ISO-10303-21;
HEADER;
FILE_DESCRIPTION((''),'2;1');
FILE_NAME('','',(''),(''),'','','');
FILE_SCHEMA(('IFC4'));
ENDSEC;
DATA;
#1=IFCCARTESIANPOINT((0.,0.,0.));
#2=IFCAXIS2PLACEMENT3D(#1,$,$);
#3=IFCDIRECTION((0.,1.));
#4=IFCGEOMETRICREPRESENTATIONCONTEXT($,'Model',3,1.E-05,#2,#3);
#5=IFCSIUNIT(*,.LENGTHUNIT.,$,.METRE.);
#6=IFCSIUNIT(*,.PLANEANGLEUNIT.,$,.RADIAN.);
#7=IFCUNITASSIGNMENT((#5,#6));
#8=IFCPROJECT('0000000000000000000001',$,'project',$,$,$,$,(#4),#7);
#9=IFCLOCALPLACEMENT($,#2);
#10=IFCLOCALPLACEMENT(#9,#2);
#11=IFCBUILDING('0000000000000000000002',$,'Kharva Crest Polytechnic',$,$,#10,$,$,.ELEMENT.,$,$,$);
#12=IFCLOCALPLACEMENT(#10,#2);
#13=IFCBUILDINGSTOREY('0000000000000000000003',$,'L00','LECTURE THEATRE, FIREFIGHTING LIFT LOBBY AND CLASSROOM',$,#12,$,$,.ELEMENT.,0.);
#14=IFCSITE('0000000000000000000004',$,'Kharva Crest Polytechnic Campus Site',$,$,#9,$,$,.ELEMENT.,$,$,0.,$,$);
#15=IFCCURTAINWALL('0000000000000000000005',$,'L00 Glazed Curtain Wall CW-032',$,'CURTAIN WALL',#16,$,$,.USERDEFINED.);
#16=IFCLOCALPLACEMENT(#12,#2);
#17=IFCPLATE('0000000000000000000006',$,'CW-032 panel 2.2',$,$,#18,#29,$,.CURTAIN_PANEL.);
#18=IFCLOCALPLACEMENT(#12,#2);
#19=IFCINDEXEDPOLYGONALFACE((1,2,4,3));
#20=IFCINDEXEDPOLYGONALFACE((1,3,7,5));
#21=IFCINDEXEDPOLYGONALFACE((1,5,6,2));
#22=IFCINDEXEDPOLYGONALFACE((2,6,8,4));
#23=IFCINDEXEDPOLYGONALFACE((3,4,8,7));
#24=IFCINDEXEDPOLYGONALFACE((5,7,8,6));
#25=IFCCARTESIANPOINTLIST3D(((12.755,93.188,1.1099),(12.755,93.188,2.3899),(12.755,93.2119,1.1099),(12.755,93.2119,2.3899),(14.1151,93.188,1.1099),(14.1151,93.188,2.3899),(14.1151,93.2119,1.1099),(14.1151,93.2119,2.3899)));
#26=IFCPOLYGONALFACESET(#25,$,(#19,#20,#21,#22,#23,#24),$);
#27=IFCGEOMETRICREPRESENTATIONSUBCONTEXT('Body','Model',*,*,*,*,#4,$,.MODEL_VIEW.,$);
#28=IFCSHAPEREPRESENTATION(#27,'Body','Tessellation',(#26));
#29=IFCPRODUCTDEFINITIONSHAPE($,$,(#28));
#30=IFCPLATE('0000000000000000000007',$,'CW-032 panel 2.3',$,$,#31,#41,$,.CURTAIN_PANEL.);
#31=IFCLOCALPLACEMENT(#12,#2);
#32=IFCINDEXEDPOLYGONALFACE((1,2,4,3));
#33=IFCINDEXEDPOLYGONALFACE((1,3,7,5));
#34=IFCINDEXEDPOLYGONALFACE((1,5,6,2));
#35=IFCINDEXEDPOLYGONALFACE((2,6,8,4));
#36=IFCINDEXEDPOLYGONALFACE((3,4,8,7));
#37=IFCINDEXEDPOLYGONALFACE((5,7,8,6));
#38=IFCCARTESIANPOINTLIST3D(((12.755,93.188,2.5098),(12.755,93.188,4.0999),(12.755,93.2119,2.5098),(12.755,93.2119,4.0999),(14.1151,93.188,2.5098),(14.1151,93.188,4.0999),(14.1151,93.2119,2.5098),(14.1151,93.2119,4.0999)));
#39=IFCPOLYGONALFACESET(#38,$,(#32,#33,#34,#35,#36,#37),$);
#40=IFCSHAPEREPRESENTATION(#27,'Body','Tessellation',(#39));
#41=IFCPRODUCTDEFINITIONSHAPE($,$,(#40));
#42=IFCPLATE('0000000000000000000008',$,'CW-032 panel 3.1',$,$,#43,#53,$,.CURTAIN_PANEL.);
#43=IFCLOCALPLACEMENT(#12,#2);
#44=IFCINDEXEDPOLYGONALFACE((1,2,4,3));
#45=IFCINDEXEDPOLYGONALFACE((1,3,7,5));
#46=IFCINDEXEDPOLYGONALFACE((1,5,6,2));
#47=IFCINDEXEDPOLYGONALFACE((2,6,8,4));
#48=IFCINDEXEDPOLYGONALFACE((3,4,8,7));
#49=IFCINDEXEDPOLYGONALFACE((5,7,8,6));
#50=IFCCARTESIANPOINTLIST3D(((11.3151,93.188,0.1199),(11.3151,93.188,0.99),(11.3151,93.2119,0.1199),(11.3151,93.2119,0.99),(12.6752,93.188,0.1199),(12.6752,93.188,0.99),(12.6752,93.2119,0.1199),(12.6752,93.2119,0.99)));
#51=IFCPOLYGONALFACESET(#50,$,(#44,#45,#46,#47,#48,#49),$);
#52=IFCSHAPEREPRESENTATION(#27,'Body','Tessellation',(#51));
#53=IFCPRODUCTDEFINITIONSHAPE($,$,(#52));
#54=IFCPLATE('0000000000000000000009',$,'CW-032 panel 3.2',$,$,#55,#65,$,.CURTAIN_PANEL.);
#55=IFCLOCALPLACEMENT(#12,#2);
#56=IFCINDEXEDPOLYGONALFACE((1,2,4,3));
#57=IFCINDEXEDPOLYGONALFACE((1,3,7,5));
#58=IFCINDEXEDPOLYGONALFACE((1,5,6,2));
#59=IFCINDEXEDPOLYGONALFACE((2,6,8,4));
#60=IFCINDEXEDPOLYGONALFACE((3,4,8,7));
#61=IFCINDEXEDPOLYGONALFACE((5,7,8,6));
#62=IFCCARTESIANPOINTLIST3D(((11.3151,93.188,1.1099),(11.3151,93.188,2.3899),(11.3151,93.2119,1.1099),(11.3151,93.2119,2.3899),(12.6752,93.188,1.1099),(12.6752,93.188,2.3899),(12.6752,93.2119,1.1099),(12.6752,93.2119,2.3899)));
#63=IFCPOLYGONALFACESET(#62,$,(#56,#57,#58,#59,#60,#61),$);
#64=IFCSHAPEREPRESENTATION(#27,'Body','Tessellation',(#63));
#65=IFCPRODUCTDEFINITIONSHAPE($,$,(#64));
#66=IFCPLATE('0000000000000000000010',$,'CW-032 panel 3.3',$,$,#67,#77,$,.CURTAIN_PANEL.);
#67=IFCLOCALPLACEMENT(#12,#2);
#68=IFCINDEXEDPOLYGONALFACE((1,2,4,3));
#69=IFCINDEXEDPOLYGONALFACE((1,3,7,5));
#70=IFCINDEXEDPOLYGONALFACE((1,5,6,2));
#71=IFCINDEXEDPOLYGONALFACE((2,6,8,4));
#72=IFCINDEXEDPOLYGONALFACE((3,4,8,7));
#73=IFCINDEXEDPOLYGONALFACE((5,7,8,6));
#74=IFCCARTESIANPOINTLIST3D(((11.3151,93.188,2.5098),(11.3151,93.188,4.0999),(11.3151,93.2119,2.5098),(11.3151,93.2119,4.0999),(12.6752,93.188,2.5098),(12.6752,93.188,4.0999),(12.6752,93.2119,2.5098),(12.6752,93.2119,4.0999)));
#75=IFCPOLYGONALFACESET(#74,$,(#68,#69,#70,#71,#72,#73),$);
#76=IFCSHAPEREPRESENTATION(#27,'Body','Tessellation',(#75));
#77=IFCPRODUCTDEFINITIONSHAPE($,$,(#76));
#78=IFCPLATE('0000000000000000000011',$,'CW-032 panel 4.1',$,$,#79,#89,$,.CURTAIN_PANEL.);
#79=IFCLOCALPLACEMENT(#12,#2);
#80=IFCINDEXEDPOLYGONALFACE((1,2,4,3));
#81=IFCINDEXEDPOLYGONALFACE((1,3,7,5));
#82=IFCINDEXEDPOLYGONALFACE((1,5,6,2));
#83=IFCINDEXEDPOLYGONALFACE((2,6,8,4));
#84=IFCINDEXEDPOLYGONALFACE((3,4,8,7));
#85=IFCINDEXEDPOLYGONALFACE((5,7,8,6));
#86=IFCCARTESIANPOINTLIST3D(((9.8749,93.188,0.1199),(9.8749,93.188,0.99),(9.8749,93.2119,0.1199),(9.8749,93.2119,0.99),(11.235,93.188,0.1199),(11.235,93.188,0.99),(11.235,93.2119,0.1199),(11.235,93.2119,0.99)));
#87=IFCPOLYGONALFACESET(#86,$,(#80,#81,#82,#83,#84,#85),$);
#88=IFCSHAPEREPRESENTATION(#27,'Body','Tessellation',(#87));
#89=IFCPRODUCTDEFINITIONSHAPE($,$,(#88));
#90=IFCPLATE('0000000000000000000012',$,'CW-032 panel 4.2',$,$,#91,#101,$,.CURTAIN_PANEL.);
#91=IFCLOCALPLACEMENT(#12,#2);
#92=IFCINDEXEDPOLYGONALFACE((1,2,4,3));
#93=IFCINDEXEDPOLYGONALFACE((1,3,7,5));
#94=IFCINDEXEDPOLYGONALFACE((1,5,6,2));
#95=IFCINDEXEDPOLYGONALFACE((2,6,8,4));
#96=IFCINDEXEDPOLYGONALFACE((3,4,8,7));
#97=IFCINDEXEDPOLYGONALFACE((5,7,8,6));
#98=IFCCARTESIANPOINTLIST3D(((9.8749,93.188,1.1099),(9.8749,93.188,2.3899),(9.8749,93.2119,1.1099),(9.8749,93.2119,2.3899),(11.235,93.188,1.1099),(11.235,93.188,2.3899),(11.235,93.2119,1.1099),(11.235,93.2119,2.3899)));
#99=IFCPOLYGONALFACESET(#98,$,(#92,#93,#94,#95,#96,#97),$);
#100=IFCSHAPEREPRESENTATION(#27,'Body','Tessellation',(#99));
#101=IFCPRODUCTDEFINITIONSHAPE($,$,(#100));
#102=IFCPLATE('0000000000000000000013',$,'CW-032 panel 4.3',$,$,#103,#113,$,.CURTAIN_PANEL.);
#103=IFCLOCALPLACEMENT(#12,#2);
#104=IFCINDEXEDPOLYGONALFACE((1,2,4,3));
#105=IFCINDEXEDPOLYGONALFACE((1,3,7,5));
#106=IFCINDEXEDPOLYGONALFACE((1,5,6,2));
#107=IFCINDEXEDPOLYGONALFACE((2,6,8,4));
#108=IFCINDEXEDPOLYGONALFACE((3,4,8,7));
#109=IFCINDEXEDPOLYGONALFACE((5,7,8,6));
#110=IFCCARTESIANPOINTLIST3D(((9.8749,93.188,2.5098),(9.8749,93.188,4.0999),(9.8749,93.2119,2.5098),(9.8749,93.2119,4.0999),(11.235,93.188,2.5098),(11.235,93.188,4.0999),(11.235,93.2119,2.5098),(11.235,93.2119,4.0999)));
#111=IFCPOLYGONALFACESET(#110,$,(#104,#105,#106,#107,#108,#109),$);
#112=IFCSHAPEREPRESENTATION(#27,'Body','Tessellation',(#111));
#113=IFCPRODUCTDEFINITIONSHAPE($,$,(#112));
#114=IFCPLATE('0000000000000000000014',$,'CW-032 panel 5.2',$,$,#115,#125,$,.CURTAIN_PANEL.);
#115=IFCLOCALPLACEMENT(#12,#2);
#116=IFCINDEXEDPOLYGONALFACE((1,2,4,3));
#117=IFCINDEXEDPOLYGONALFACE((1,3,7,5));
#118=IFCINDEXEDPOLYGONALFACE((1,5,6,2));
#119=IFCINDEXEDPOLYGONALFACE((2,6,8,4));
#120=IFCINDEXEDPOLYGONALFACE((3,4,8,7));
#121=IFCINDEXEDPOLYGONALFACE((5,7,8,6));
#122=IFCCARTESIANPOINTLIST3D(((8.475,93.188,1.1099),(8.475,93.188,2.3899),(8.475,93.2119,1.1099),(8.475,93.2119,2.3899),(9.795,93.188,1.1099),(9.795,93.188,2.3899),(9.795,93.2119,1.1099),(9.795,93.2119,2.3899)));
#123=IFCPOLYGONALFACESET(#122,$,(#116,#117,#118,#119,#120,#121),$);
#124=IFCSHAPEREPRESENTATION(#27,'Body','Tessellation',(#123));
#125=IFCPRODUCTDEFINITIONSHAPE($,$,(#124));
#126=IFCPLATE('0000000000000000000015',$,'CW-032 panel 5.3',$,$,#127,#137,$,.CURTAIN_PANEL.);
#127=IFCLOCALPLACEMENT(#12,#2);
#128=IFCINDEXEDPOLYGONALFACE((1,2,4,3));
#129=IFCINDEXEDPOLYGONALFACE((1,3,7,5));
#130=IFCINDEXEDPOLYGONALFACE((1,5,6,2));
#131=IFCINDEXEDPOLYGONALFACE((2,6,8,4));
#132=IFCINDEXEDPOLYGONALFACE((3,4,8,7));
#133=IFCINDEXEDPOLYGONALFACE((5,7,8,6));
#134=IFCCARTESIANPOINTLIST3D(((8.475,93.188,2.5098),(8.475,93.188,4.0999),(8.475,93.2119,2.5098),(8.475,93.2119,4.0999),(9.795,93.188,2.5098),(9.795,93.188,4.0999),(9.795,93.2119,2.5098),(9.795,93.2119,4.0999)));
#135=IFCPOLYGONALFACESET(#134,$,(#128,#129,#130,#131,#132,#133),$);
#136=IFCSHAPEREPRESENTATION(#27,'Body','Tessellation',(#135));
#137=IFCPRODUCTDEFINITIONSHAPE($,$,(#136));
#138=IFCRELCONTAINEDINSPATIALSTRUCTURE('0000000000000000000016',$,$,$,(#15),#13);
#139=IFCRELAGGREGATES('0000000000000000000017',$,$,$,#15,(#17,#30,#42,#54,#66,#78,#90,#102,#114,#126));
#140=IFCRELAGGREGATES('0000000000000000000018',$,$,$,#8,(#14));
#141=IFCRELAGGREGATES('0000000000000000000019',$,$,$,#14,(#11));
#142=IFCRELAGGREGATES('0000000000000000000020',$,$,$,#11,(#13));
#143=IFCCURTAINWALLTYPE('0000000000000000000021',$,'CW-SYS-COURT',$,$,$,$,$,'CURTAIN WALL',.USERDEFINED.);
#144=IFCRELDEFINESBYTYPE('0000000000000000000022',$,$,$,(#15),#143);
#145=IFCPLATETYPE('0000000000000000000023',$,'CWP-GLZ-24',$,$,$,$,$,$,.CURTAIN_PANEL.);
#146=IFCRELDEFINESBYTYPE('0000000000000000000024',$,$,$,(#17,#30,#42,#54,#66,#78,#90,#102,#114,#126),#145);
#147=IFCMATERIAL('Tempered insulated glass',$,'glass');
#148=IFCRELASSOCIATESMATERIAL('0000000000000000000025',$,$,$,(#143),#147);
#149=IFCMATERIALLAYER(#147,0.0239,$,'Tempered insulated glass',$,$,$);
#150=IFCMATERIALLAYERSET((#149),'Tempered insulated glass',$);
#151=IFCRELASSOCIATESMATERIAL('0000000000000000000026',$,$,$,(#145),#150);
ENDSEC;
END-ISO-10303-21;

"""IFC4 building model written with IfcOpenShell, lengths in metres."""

from ifc_helpers import new_model, si_unit, direction, frame, origin, origin_2d, place, context, subcontext, project, spatial, rectangle, extrude, material, layer, layer_set, type_object, element, aggregate, save


model = new_model("IFC4")

# Units and contexts
model_context = context("Model", 3, precision=1e-05, world=origin(), true_north=direction((0.0, 1.0)))
body_context = subcontext(model_context, "Body", "Model", "MODEL_VIEW")
ifc_project = project(units=[si_unit("LENGTHUNIT", "METRE"), si_unit("PLANEANGLEUNIT", "RADIAN")], contexts=[model_context])

# Site, building, storey
site_placement = place(None, origin())
site = spatial("IfcSite", under=ifc_project, at=site_placement, Name="Kharva Crest Polytechnic Campus Site", CompositionType="ELEMENT", RefElevation=0.0)
building_placement = place(site_placement, origin())
building = spatial("IfcBuilding", under=site, at=building_placement, Name="Kharva Crest Polytechnic", CompositionType="ELEMENT")
storey_placement = place(building_placement, origin())
storey = spatial("IfcBuildingStorey", under=building, at=storey_placement, Name="L00", Description="LECTURE THEATRE, FIREFIGHTING LIFT LOBBY AND CLASSROOM", CompositionType="ELEMENT", Elevation=0.0)

# Curtain wall, plates
ifc_material_1 = material(Name="Tempered insulated glass", Category="glass")
curtain_wall_type = type_object("IfcCurtainWallType", Name="CW-SYS-COURT", ElementType="CURTAIN WALL", PredefinedType="USERDEFINED", material=ifc_material_1)
curtain_wall_placement = place(storey_placement, origin())
curtain_wall = element("IfcCurtainWall", 1, at=curtain_wall_placement, inside=storey, type_object=curtain_wall_type, Name="L00 Glazed Curtain Wall CW-032", ObjectType="CURTAIN WALL", PredefinedType="USERDEFINED")
ifc_layer = layer(ifc_material_1, 0.0239, Name="Tempered insulated glass")
ifc_layer_set = layer_set([ifc_layer], Name="Tempered insulated glass")
plate_type = type_object("IfcPlateType", Name="CWP-GLZ-24", PredefinedType="CURTAIN_PANEL", material=ifc_layer_set)
plate_1_placement = place(storey_placement, frame((13.4351, 93.2, 1.1099), z_axis=(0.0, 0.0, 1.0), x_axis=(-1.0, 0.0, 0.0)))
plate_1 = element("IfcPlate", 2, at=plate_1_placement, type_object=plate_type, Name="CW-032 panel 2.2", PredefinedType="CURTAIN_PANEL", context=body_context, shape_type="SweptSolid", body=[
    extrude(rectangle(XDim=1.3601, YDim=0.0239, at=origin_2d()), origin(), (0.0, 0.0, 1.0), 1.28),
])
plate_2_placement = place(storey_placement, frame((13.4351, 93.2, 2.5098), z_axis=(0.0, 0.0, 1.0), x_axis=(-1.0, 0.0, 0.0)))
plate_2 = element("IfcPlate", 3, at=plate_2_placement, type_object=plate_type, Name="CW-032 panel 2.3", PredefinedType="CURTAIN_PANEL", context=body_context, shape_type="SweptSolid", body=[
    extrude(rectangle(XDim=1.3601, YDim=0.0239, at=origin_2d()), origin(), (0.0, 0.0, 1.0), 1.5901),
])
plate_3_placement = place(storey_placement, frame((11.9951, 93.2, 0.1199), z_axis=(0.0, 0.0, 1.0), x_axis=(-1.0, 0.0, 0.0)))
plate_3 = element("IfcPlate", 4, at=plate_3_placement, type_object=plate_type, Name="CW-032 panel 3.1", PredefinedType="CURTAIN_PANEL", context=body_context, shape_type="SweptSolid", body=[
    extrude(rectangle(XDim=1.3601, YDim=0.0239, at=origin_2d()), origin(), (0.0, 0.0, 1.0), 0.8701),
])
plate_4_placement = place(storey_placement, frame((11.9951, 93.2, 1.1099), z_axis=(0.0, 0.0, 1.0), x_axis=(-1.0, 0.0, 0.0)))
plate_4 = element("IfcPlate", 5, at=plate_4_placement, type_object=plate_type, Name="CW-032 panel 3.2", PredefinedType="CURTAIN_PANEL", context=body_context, shape_type="SweptSolid", body=[
    extrude(rectangle(XDim=1.3601, YDim=0.0239, at=origin_2d()), origin(), (0.0, 0.0, 1.0), 1.28),
])
plate_5_placement = place(storey_placement, frame((11.9951, 93.2, 2.5098), z_axis=(0.0, 0.0, 1.0), x_axis=(-1.0, 0.0, 0.0)))
plate_5 = element("IfcPlate", 6, at=plate_5_placement, type_object=plate_type, Name="CW-032 panel 3.3", PredefinedType="CURTAIN_PANEL", context=body_context, shape_type="SweptSolid", body=[
    extrude(rectangle(XDim=1.3601, YDim=0.0239, at=origin_2d()), origin(), (0.0, 0.0, 1.0), 1.5901),
])
plate_6_placement = place(storey_placement, frame((10.5549, 93.2, 0.1199), z_axis=(0.0, 0.0, 1.0), x_axis=(-1.0, 0.0, 0.0)))
plate_6 = element("IfcPlate", 7, at=plate_6_placement, type_object=plate_type, Name="CW-032 panel 4.1", PredefinedType="CURTAIN_PANEL", context=body_context, shape_type="SweptSolid", body=[
    extrude(rectangle(XDim=1.3601, YDim=0.0239, at=origin_2d()), origin(), (0.0, 0.0, 1.0), 0.8701),
])
plate_7_placement = place(storey_placement, frame((10.5549, 93.2, 1.1099), z_axis=(0.0, 0.0, 1.0), x_axis=(-1.0, 0.0, 0.0)))
plate_7 = element("IfcPlate", 8, at=plate_7_placement, type_object=plate_type, Name="CW-032 panel 4.2", PredefinedType="CURTAIN_PANEL", context=body_context, shape_type="SweptSolid", body=[
    extrude(rectangle(XDim=1.3601, YDim=0.0239, at=origin_2d()), origin(), (0.0, 0.0, 1.0), 1.28),
])
plate_8_placement = place(storey_placement, frame((10.5549, 93.2, 2.5098), z_axis=(0.0, 0.0, 1.0), x_axis=(-1.0, 0.0, 0.0)))
plate_8 = element("IfcPlate", 9, at=plate_8_placement, type_object=plate_type, Name="CW-032 panel 4.3", PredefinedType="CURTAIN_PANEL", context=body_context, shape_type="SweptSolid", body=[
    extrude(rectangle(XDim=1.3601, YDim=0.0239, at=origin_2d()), origin(), (0.0, 0.0, 1.0), 1.5901),
])
plate_9_placement = place(storey_placement, frame((9.135, 93.2, 1.1099), z_axis=(0.0, 0.0, 1.0), x_axis=(-1.0, 0.0, 0.0)))
plate_9 = element("IfcPlate", 10, at=plate_9_placement, type_object=plate_type, Name="CW-032 panel 5.2", PredefinedType="CURTAIN_PANEL", context=body_context, shape_type="SweptSolid", body=[
    extrude(rectangle(XDim=1.3201, YDim=0.0239, at=origin_2d()), origin(), (0.0, 0.0, 1.0), 1.28),
])
plate_10_placement = place(storey_placement, frame((9.135, 93.2, 2.5098), z_axis=(0.0, 0.0, 1.0), x_axis=(-1.0, 0.0, 0.0)))
plate_10 = element("IfcPlate", 11, at=plate_10_placement, type_object=plate_type, Name="CW-032 panel 5.3", PredefinedType="CURTAIN_PANEL", context=body_context, shape_type="SweptSolid", body=[
    extrude(rectangle(XDim=1.3201, YDim=0.0239, at=origin_2d()), origin(), (0.0, 0.0, 1.0), 1.5901),
])
aggregate(curtain_wall, [plate_1, plate_2, plate_3, plate_4, plate_5, plate_6, plate_7, plate_8, plate_9, plate_10])

save(model, "model.ifc")
